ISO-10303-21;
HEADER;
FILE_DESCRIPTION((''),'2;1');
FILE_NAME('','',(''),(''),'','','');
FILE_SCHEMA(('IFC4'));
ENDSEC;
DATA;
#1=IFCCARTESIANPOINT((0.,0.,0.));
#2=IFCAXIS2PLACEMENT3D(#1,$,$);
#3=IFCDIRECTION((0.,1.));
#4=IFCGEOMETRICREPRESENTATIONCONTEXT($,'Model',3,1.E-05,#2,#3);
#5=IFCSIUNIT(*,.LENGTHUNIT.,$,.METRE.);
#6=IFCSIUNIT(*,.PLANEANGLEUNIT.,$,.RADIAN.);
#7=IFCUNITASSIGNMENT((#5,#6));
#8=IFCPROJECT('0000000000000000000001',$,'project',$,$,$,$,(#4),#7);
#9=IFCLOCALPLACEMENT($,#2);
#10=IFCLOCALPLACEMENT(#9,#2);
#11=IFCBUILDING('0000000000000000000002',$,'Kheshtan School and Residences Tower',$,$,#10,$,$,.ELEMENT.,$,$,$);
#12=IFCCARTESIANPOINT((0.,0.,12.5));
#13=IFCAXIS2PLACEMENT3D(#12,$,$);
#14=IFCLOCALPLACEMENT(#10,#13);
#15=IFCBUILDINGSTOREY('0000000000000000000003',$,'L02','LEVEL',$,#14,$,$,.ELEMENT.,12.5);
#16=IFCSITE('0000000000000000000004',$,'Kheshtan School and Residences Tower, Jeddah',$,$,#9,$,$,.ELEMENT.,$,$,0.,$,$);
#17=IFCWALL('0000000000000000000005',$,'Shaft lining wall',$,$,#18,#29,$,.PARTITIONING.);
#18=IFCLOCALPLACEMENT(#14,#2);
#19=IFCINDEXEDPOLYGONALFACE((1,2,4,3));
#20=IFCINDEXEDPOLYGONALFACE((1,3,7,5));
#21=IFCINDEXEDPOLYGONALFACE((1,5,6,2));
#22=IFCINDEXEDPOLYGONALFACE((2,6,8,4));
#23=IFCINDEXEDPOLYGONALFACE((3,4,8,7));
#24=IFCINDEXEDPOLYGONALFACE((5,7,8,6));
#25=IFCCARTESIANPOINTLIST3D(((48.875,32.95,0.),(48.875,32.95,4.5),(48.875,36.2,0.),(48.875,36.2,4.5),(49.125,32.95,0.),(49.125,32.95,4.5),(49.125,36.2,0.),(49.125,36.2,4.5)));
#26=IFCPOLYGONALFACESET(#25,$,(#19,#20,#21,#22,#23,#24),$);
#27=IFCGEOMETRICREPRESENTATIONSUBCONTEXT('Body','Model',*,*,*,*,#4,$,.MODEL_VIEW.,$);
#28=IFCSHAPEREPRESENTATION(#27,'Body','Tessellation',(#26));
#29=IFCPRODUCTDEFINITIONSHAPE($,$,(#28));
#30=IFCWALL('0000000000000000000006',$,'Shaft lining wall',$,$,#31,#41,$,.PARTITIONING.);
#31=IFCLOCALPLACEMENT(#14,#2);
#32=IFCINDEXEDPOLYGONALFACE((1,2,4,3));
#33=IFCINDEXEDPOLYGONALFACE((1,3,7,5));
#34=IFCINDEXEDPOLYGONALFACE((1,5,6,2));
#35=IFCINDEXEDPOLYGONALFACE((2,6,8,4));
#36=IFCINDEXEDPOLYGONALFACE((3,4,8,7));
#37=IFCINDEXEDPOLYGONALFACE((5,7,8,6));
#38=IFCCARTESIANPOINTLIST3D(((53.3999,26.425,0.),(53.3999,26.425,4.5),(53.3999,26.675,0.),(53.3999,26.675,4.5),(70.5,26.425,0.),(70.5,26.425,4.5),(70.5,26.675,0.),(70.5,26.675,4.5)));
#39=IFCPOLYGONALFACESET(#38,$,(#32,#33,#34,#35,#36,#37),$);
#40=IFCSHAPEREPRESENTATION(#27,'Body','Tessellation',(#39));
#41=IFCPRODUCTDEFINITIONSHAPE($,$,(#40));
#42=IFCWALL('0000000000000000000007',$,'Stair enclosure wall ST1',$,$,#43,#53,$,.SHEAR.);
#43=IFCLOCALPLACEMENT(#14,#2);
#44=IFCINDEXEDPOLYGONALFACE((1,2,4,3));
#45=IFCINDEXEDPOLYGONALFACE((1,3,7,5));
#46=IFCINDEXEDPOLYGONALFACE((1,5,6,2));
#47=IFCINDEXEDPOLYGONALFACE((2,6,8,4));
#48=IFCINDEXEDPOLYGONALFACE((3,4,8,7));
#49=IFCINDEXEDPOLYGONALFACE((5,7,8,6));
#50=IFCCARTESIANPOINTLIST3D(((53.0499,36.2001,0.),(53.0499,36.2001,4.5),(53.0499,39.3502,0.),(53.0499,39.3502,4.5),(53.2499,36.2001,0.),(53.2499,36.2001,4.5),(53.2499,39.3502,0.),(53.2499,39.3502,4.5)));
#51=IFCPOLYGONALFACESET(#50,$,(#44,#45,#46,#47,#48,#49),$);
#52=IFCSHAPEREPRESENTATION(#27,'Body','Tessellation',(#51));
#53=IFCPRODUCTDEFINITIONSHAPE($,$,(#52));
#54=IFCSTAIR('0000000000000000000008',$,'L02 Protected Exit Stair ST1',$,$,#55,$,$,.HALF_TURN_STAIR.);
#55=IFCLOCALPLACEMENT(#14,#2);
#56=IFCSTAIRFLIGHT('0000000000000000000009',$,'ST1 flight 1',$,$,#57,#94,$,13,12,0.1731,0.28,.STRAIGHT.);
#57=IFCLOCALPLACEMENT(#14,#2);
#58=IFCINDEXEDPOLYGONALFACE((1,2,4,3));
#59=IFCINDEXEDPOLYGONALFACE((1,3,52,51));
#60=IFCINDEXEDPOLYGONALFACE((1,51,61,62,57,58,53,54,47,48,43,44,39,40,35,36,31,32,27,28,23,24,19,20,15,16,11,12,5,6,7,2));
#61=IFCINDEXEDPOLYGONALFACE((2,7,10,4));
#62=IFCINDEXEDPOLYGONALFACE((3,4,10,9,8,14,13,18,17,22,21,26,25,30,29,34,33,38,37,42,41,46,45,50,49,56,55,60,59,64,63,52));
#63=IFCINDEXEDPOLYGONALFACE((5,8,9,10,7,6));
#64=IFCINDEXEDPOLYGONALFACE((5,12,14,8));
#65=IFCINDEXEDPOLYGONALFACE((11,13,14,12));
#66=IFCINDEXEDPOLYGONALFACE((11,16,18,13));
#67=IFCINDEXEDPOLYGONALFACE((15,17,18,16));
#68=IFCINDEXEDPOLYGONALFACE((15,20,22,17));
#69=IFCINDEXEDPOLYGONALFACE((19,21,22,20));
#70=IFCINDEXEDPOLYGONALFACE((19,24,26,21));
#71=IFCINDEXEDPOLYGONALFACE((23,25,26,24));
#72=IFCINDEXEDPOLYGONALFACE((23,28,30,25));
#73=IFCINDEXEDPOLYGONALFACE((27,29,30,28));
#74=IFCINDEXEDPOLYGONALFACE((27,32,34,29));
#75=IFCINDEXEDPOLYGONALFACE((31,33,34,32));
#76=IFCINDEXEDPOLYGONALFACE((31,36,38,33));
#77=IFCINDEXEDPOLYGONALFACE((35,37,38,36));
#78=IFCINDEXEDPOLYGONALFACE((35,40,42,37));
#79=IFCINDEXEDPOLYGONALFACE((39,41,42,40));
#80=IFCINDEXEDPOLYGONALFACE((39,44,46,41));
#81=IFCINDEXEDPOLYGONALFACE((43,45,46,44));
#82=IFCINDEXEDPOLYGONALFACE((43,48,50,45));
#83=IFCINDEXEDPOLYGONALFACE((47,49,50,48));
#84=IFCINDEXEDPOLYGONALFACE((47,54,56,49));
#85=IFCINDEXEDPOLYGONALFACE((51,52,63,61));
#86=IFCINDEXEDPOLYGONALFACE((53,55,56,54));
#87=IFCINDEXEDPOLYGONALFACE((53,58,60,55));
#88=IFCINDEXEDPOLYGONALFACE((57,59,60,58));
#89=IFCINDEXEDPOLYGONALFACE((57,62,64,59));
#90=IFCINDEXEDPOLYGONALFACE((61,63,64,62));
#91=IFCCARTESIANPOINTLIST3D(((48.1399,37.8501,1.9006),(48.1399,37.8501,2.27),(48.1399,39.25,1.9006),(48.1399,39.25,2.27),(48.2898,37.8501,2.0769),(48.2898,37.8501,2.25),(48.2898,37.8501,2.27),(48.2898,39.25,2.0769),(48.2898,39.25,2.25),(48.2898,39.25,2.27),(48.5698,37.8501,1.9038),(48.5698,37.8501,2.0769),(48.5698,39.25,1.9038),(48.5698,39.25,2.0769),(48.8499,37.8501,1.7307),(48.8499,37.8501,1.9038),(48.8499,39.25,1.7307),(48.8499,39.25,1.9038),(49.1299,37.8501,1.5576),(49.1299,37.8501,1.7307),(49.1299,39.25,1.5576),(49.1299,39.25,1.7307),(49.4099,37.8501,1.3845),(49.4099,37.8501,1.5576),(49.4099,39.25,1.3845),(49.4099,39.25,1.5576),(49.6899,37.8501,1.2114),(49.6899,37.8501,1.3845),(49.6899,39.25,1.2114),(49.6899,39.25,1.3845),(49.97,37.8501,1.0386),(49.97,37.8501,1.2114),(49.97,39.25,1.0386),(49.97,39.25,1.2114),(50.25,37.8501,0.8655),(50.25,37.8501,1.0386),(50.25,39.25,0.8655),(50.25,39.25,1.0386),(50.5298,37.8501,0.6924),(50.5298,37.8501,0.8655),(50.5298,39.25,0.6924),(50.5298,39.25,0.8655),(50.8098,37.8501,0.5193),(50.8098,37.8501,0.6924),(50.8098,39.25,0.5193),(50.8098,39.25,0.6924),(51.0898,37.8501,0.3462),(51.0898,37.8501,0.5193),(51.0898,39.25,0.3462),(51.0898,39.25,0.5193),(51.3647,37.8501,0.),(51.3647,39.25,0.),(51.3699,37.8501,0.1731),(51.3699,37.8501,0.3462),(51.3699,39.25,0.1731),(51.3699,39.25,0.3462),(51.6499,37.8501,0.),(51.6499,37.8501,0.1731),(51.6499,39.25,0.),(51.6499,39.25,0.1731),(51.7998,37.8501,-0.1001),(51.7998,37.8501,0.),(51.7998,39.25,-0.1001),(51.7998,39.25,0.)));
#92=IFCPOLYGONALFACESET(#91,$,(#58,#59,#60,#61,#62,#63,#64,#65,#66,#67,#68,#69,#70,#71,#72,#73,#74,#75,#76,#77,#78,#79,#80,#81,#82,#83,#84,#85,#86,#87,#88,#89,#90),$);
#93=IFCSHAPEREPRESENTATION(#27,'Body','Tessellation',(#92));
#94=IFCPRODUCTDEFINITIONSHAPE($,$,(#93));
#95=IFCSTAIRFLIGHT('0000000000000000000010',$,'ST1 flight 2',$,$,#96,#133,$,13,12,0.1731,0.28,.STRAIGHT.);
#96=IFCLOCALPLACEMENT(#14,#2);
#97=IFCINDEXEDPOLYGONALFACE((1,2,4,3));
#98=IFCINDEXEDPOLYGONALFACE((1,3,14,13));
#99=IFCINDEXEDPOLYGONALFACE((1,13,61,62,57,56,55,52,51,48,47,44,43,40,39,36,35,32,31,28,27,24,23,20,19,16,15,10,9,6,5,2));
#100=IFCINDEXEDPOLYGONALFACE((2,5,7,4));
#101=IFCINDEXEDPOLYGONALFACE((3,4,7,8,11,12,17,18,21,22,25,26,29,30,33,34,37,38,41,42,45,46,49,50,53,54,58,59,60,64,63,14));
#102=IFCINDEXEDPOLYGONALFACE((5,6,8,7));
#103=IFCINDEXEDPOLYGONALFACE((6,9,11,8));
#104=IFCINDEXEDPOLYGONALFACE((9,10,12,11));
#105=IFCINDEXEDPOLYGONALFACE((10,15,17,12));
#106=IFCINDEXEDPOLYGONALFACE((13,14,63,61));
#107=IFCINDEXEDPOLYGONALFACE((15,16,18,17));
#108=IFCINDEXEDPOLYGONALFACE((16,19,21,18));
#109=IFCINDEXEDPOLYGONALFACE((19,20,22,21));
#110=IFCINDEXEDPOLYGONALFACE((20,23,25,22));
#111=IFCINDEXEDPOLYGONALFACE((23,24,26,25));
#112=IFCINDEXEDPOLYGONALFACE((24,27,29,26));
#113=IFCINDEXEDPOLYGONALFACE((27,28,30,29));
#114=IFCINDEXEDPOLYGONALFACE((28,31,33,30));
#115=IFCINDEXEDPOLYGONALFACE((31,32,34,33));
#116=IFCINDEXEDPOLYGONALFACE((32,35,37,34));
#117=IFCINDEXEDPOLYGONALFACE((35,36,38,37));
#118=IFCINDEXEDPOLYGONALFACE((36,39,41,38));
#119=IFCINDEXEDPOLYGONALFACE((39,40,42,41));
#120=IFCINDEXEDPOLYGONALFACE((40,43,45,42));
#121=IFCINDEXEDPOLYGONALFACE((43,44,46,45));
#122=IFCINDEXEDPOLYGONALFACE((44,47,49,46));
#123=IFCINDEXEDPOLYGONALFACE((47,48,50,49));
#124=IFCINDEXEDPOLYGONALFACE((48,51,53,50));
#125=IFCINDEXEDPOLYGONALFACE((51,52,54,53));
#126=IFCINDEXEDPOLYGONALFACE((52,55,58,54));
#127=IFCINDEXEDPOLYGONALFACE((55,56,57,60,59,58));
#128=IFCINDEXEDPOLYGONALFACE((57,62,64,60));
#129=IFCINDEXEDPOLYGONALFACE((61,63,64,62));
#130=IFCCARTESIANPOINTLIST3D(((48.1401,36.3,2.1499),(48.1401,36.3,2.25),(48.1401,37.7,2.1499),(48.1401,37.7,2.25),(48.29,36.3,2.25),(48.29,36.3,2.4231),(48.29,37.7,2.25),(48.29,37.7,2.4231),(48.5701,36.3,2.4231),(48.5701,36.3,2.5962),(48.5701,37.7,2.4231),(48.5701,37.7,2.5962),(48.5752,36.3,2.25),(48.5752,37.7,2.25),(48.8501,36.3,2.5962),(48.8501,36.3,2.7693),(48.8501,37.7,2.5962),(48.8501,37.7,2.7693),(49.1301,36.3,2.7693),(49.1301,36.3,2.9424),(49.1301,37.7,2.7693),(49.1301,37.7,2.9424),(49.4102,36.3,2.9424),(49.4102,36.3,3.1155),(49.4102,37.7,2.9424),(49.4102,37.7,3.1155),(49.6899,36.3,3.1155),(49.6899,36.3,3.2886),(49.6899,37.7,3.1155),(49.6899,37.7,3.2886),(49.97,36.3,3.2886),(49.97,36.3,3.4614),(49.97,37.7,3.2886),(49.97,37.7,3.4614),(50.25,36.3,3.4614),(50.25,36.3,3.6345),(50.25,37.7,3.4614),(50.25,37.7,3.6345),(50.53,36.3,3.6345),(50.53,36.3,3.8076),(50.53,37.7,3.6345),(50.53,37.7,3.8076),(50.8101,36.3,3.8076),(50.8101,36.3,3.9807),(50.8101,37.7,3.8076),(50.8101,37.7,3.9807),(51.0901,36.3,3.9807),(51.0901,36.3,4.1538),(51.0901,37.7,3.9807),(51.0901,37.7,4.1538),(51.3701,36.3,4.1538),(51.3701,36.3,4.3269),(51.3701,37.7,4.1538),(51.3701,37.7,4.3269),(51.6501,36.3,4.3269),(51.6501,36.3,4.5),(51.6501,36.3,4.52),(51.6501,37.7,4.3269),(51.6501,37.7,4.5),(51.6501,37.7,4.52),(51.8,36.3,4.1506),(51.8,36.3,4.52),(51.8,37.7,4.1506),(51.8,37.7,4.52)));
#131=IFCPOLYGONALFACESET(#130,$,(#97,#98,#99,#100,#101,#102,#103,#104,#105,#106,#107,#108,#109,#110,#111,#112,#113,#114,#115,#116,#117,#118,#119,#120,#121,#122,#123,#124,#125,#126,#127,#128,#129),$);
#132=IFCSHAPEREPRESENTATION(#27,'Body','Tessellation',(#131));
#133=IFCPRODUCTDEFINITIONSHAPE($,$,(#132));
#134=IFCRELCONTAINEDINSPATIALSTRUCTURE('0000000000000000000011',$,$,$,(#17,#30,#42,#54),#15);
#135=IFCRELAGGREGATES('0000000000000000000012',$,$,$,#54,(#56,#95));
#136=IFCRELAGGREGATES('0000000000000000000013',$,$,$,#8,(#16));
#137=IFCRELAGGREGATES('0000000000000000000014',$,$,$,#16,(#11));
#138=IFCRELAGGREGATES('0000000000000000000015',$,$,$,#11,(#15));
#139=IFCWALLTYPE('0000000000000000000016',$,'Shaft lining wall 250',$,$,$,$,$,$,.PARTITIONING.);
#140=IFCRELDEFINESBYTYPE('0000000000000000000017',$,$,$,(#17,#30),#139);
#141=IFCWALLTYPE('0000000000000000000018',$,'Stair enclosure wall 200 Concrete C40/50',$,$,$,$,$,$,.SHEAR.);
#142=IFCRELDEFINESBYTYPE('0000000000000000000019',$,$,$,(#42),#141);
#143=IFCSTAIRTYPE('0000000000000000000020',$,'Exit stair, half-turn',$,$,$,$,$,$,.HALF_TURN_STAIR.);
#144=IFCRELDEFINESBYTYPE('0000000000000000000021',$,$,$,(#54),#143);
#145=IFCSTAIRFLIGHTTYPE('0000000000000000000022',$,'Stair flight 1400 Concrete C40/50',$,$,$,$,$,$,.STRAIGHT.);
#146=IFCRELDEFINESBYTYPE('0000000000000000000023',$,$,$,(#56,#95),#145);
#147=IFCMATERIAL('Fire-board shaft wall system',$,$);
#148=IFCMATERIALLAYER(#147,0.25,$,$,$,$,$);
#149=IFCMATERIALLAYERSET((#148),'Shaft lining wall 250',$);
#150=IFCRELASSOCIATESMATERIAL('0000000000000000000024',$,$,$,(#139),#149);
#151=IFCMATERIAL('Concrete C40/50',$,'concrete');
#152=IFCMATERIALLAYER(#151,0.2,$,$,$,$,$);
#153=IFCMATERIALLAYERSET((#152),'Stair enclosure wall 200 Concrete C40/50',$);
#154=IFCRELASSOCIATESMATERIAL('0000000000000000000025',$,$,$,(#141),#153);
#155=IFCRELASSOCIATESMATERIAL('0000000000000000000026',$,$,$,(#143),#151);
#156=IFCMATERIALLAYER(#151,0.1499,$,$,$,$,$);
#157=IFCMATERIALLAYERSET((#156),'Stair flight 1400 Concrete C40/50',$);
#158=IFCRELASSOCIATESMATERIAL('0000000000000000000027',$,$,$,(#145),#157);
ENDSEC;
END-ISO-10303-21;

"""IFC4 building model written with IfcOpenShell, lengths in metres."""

from ifc_helpers import new_model, si_unit, direction, frame, frame_2d, origin, place, context, subcontext, project, spatial, polyline, rectangle, outline, extrude, material, layer, layer_set, type_object, element, aggregate, save


model = new_model("IFC4")

# Units and contexts
model_context = context("Model", 3, precision=1e-05, world=origin(), true_north=direction((0.0, 1.0)))
body_context = subcontext(model_context, "Body", "Model", "MODEL_VIEW")
ifc_project = project(units=[si_unit("LENGTHUNIT", "METRE"), si_unit("PLANEANGLEUNIT", "RADIAN")], contexts=[model_context])

# Site, building, storey
site_placement = place(None, origin())
site = spatial("IfcSite", under=ifc_project, at=site_placement, Name="Kheshtan School and Residences Tower, Jeddah", CompositionType="ELEMENT", RefElevation=0.0)
building_placement = place(site_placement, origin())
building = spatial("IfcBuilding", under=site, at=building_placement, Name="Kheshtan School and Residences Tower", CompositionType="ELEMENT")
storey_placement = place(building_placement, frame((0.0, 0.0, 12.5)))
storey = spatial("IfcBuildingStorey", under=building, at=storey_placement, Name="L02", Description="LEVEL", CompositionType="ELEMENT", Elevation=12.5)

# Walls
ifc_material_1 = material(Name="Fire-board shaft wall system")
ifc_layer_1 = layer(ifc_material_1, 0.25)
ifc_layer_set_1 = layer_set([ifc_layer_1], Name="Shaft lining wall 250")
wall_type_1 = type_object("IfcWallType", Name="Shaft lining wall 250", PredefinedType="PARTITIONING", material=ifc_layer_set_1)
wall_1_placement = place(storey_placement, frame((49.0, 32.95, 0.0), z_axis=(0.0, 0.0, 1.0), x_axis=(0.0, 1.0, 0.0)))
element("IfcWall", 1, at=wall_1_placement, inside=storey, type_object=wall_type_1, Name="Shaft lining wall", PredefinedType="PARTITIONING", context=body_context, shape_type="SweptSolid", body=[
    extrude(rectangle(XDim=3.25, YDim=0.25, at=frame_2d((1.625, 0.0))), origin(), (0.0, 0.0, 1.0), 4.5),
])
wall_2_placement = place(storey_placement, frame((53.3999, 26.55, 0.0), z_axis=(0.0, 0.0, 1.0), x_axis=(1.0, 0.0, 0.0)))
element("IfcWall", 2, at=wall_2_placement, inside=storey, type_object=wall_type_1, Name="Shaft lining wall", PredefinedType="PARTITIONING", context=body_context, shape_type="SweptSolid", body=[
    extrude(rectangle(XDim=17.1001, YDim=0.25, at=frame_2d((8.55, 0.0))), origin(), (0.0, 0.0, 1.0), 4.5),
])
ifc_material_2 = material(Name="Concrete C40/50", Category="concrete")
ifc_layer_2 = layer(ifc_material_2, 0.2)
ifc_layer_set_2 = layer_set([ifc_layer_2], Name="Stair enclosure wall 200 Concrete C40/50")
wall_type_2 = type_object("IfcWallType", Name="Stair enclosure wall 200 Concrete C40/50", PredefinedType="SHEAR", material=ifc_layer_set_2)
wall_3_placement = place(storey_placement, frame((53.1499, 36.2, 0.0), z_axis=(0.0, 0.0, 1.0), x_axis=(0.0, 1.0, 0.0)))
element("IfcWall", 3, at=wall_3_placement, inside=storey, type_object=wall_type_2, Name="Stair enclosure wall ST1", PredefinedType="SHEAR", context=body_context, shape_type="SweptSolid", body=[
    extrude(rectangle(XDim=3.1501, YDim=0.2, at=frame_2d((1.5752, 0.0))), origin(), (0.0, 0.0, 1.0), 4.5),
])

# Stair, stair flights
stair_type = type_object("IfcStairType", Name="Exit stair, half-turn", PredefinedType="HALF_TURN_STAIR", material=ifc_material_2)
stair_placement = place(storey_placement, origin())
stair = element("IfcStair", 4, at=stair_placement, inside=storey, type_object=stair_type, Name="L02 Protected Exit Stair ST1", PredefinedType="HALF_TURN_STAIR")
ifc_layer_3 = layer(ifc_material_2, 0.1499)
ifc_layer_set_3 = layer_set([ifc_layer_3], Name="Stair flight 1400 Concrete C40/50")
stair_flight_type = type_object("IfcStairFlightType", Name="Stair flight 1400 Concrete C40/50", PredefinedType="STRAIGHT", material=ifc_layer_set_3)
stair_flight_1_placement = place(storey_placement, frame((51.6499, 38.55, 0.0), z_axis=(0.0, 0.0, 1.0), x_axis=(-1.0, 0.0, 0.0)))
stair_flight_1 = element("IfcStairFlight", 5, at=stair_flight_1_placement, type_object=stair_flight_type, Name="ST1 flight 1", NumberOfRisers=13, NumberOfTreads=12, PredefinedType="STRAIGHT", RiserHeight=0.1731, TreadLength=0.28, context=body_context, shape_type="SweptSolid", body=[
    extrude(outline(polyline([(-0.1499, -0.1001), (-0.1499, 0.0), (0.0, 0.0), (0.0, 0.1731), (0.28, 0.1731), (0.28, 0.3462), (0.5601, 0.3462), (0.5601, 0.5193), (0.8401, 0.5193), (0.8401, 0.6924), (1.1201, 0.6924), (1.1201, 0.8655), (1.3999, 0.8655), (1.3999, 1.0386), (1.6799, 1.0386), (1.6799, 1.2114), (1.96, 1.2114), (1.96, 1.3845), (2.24, 1.3845), (2.24, 1.5576), (2.52, 1.5576), (2.52, 1.7307), (2.8, 1.7307), (2.8, 1.9038), (3.0801, 1.9038), (3.0801, 2.0769), (3.3601, 2.0769), (3.3601, 2.25), (3.3601, 2.27), (3.51, 2.27), (3.51, 1.9006), (0.2852, 0.0), (-0.1499, -0.1001)])), frame((0.0, 0.7, 0.0), z_axis=(0.0, -1.0, 0.0), x_axis=(1.0, 0.0, 0.0)), (0.0, 0.0, 1.0), 1.3999),
])
stair_flight_2_placement = place(storey_placement, frame((48.29, 37.0, 2.25), z_axis=(0.0, 0.0, 1.0), x_axis=(1.0, 0.0, 0.0)))
stair_flight_2 = element("IfcStairFlight", 6, at=stair_flight_2_placement, type_object=stair_flight_type, Name="ST1 flight 2", NumberOfRisers=13, NumberOfTreads=12, PredefinedType="STRAIGHT", RiserHeight=0.1731, TreadLength=0.28, context=body_context, shape_type="SweptSolid", body=[
    extrude(outline(polyline([(-0.1499, -0.1001), (-0.1499, 0.0), (0.0, 0.0), (0.0, 0.1731), (0.28, 0.1731), (0.28, 0.3462), (0.5601, 0.3462), (0.5601, 0.5193), (0.8401, 0.5193), (0.8401, 0.6924), (1.1201, 0.6924), (1.1201, 0.8655), (1.3999, 0.8655), (1.3999, 1.0386), (1.6799, 1.0386), (1.6799, 1.2114), (1.96, 1.2114), (1.96, 1.3845), (2.24, 1.3845), (2.24, 1.5576), (2.52, 1.5576), (2.52, 1.7307), (2.8, 1.7307), (2.8, 1.9038), (3.0801, 1.9038), (3.0801, 2.0769), (3.3601, 2.0769), (3.3601, 2.25), (3.3601, 2.27), (3.51, 2.27), (3.51, 1.9006), (0.2852, 0.0), (-0.1499, -0.1001)])), frame((0.0, 0.7, 0.0), z_axis=(0.0, -1.0, 0.0), x_axis=(1.0, 0.0, 0.0)), (0.0, 0.0, 1.0), 1.3999),
])
aggregate(stair, [stair_flight_1, stair_flight_2])

save(model, "model.ifc")
